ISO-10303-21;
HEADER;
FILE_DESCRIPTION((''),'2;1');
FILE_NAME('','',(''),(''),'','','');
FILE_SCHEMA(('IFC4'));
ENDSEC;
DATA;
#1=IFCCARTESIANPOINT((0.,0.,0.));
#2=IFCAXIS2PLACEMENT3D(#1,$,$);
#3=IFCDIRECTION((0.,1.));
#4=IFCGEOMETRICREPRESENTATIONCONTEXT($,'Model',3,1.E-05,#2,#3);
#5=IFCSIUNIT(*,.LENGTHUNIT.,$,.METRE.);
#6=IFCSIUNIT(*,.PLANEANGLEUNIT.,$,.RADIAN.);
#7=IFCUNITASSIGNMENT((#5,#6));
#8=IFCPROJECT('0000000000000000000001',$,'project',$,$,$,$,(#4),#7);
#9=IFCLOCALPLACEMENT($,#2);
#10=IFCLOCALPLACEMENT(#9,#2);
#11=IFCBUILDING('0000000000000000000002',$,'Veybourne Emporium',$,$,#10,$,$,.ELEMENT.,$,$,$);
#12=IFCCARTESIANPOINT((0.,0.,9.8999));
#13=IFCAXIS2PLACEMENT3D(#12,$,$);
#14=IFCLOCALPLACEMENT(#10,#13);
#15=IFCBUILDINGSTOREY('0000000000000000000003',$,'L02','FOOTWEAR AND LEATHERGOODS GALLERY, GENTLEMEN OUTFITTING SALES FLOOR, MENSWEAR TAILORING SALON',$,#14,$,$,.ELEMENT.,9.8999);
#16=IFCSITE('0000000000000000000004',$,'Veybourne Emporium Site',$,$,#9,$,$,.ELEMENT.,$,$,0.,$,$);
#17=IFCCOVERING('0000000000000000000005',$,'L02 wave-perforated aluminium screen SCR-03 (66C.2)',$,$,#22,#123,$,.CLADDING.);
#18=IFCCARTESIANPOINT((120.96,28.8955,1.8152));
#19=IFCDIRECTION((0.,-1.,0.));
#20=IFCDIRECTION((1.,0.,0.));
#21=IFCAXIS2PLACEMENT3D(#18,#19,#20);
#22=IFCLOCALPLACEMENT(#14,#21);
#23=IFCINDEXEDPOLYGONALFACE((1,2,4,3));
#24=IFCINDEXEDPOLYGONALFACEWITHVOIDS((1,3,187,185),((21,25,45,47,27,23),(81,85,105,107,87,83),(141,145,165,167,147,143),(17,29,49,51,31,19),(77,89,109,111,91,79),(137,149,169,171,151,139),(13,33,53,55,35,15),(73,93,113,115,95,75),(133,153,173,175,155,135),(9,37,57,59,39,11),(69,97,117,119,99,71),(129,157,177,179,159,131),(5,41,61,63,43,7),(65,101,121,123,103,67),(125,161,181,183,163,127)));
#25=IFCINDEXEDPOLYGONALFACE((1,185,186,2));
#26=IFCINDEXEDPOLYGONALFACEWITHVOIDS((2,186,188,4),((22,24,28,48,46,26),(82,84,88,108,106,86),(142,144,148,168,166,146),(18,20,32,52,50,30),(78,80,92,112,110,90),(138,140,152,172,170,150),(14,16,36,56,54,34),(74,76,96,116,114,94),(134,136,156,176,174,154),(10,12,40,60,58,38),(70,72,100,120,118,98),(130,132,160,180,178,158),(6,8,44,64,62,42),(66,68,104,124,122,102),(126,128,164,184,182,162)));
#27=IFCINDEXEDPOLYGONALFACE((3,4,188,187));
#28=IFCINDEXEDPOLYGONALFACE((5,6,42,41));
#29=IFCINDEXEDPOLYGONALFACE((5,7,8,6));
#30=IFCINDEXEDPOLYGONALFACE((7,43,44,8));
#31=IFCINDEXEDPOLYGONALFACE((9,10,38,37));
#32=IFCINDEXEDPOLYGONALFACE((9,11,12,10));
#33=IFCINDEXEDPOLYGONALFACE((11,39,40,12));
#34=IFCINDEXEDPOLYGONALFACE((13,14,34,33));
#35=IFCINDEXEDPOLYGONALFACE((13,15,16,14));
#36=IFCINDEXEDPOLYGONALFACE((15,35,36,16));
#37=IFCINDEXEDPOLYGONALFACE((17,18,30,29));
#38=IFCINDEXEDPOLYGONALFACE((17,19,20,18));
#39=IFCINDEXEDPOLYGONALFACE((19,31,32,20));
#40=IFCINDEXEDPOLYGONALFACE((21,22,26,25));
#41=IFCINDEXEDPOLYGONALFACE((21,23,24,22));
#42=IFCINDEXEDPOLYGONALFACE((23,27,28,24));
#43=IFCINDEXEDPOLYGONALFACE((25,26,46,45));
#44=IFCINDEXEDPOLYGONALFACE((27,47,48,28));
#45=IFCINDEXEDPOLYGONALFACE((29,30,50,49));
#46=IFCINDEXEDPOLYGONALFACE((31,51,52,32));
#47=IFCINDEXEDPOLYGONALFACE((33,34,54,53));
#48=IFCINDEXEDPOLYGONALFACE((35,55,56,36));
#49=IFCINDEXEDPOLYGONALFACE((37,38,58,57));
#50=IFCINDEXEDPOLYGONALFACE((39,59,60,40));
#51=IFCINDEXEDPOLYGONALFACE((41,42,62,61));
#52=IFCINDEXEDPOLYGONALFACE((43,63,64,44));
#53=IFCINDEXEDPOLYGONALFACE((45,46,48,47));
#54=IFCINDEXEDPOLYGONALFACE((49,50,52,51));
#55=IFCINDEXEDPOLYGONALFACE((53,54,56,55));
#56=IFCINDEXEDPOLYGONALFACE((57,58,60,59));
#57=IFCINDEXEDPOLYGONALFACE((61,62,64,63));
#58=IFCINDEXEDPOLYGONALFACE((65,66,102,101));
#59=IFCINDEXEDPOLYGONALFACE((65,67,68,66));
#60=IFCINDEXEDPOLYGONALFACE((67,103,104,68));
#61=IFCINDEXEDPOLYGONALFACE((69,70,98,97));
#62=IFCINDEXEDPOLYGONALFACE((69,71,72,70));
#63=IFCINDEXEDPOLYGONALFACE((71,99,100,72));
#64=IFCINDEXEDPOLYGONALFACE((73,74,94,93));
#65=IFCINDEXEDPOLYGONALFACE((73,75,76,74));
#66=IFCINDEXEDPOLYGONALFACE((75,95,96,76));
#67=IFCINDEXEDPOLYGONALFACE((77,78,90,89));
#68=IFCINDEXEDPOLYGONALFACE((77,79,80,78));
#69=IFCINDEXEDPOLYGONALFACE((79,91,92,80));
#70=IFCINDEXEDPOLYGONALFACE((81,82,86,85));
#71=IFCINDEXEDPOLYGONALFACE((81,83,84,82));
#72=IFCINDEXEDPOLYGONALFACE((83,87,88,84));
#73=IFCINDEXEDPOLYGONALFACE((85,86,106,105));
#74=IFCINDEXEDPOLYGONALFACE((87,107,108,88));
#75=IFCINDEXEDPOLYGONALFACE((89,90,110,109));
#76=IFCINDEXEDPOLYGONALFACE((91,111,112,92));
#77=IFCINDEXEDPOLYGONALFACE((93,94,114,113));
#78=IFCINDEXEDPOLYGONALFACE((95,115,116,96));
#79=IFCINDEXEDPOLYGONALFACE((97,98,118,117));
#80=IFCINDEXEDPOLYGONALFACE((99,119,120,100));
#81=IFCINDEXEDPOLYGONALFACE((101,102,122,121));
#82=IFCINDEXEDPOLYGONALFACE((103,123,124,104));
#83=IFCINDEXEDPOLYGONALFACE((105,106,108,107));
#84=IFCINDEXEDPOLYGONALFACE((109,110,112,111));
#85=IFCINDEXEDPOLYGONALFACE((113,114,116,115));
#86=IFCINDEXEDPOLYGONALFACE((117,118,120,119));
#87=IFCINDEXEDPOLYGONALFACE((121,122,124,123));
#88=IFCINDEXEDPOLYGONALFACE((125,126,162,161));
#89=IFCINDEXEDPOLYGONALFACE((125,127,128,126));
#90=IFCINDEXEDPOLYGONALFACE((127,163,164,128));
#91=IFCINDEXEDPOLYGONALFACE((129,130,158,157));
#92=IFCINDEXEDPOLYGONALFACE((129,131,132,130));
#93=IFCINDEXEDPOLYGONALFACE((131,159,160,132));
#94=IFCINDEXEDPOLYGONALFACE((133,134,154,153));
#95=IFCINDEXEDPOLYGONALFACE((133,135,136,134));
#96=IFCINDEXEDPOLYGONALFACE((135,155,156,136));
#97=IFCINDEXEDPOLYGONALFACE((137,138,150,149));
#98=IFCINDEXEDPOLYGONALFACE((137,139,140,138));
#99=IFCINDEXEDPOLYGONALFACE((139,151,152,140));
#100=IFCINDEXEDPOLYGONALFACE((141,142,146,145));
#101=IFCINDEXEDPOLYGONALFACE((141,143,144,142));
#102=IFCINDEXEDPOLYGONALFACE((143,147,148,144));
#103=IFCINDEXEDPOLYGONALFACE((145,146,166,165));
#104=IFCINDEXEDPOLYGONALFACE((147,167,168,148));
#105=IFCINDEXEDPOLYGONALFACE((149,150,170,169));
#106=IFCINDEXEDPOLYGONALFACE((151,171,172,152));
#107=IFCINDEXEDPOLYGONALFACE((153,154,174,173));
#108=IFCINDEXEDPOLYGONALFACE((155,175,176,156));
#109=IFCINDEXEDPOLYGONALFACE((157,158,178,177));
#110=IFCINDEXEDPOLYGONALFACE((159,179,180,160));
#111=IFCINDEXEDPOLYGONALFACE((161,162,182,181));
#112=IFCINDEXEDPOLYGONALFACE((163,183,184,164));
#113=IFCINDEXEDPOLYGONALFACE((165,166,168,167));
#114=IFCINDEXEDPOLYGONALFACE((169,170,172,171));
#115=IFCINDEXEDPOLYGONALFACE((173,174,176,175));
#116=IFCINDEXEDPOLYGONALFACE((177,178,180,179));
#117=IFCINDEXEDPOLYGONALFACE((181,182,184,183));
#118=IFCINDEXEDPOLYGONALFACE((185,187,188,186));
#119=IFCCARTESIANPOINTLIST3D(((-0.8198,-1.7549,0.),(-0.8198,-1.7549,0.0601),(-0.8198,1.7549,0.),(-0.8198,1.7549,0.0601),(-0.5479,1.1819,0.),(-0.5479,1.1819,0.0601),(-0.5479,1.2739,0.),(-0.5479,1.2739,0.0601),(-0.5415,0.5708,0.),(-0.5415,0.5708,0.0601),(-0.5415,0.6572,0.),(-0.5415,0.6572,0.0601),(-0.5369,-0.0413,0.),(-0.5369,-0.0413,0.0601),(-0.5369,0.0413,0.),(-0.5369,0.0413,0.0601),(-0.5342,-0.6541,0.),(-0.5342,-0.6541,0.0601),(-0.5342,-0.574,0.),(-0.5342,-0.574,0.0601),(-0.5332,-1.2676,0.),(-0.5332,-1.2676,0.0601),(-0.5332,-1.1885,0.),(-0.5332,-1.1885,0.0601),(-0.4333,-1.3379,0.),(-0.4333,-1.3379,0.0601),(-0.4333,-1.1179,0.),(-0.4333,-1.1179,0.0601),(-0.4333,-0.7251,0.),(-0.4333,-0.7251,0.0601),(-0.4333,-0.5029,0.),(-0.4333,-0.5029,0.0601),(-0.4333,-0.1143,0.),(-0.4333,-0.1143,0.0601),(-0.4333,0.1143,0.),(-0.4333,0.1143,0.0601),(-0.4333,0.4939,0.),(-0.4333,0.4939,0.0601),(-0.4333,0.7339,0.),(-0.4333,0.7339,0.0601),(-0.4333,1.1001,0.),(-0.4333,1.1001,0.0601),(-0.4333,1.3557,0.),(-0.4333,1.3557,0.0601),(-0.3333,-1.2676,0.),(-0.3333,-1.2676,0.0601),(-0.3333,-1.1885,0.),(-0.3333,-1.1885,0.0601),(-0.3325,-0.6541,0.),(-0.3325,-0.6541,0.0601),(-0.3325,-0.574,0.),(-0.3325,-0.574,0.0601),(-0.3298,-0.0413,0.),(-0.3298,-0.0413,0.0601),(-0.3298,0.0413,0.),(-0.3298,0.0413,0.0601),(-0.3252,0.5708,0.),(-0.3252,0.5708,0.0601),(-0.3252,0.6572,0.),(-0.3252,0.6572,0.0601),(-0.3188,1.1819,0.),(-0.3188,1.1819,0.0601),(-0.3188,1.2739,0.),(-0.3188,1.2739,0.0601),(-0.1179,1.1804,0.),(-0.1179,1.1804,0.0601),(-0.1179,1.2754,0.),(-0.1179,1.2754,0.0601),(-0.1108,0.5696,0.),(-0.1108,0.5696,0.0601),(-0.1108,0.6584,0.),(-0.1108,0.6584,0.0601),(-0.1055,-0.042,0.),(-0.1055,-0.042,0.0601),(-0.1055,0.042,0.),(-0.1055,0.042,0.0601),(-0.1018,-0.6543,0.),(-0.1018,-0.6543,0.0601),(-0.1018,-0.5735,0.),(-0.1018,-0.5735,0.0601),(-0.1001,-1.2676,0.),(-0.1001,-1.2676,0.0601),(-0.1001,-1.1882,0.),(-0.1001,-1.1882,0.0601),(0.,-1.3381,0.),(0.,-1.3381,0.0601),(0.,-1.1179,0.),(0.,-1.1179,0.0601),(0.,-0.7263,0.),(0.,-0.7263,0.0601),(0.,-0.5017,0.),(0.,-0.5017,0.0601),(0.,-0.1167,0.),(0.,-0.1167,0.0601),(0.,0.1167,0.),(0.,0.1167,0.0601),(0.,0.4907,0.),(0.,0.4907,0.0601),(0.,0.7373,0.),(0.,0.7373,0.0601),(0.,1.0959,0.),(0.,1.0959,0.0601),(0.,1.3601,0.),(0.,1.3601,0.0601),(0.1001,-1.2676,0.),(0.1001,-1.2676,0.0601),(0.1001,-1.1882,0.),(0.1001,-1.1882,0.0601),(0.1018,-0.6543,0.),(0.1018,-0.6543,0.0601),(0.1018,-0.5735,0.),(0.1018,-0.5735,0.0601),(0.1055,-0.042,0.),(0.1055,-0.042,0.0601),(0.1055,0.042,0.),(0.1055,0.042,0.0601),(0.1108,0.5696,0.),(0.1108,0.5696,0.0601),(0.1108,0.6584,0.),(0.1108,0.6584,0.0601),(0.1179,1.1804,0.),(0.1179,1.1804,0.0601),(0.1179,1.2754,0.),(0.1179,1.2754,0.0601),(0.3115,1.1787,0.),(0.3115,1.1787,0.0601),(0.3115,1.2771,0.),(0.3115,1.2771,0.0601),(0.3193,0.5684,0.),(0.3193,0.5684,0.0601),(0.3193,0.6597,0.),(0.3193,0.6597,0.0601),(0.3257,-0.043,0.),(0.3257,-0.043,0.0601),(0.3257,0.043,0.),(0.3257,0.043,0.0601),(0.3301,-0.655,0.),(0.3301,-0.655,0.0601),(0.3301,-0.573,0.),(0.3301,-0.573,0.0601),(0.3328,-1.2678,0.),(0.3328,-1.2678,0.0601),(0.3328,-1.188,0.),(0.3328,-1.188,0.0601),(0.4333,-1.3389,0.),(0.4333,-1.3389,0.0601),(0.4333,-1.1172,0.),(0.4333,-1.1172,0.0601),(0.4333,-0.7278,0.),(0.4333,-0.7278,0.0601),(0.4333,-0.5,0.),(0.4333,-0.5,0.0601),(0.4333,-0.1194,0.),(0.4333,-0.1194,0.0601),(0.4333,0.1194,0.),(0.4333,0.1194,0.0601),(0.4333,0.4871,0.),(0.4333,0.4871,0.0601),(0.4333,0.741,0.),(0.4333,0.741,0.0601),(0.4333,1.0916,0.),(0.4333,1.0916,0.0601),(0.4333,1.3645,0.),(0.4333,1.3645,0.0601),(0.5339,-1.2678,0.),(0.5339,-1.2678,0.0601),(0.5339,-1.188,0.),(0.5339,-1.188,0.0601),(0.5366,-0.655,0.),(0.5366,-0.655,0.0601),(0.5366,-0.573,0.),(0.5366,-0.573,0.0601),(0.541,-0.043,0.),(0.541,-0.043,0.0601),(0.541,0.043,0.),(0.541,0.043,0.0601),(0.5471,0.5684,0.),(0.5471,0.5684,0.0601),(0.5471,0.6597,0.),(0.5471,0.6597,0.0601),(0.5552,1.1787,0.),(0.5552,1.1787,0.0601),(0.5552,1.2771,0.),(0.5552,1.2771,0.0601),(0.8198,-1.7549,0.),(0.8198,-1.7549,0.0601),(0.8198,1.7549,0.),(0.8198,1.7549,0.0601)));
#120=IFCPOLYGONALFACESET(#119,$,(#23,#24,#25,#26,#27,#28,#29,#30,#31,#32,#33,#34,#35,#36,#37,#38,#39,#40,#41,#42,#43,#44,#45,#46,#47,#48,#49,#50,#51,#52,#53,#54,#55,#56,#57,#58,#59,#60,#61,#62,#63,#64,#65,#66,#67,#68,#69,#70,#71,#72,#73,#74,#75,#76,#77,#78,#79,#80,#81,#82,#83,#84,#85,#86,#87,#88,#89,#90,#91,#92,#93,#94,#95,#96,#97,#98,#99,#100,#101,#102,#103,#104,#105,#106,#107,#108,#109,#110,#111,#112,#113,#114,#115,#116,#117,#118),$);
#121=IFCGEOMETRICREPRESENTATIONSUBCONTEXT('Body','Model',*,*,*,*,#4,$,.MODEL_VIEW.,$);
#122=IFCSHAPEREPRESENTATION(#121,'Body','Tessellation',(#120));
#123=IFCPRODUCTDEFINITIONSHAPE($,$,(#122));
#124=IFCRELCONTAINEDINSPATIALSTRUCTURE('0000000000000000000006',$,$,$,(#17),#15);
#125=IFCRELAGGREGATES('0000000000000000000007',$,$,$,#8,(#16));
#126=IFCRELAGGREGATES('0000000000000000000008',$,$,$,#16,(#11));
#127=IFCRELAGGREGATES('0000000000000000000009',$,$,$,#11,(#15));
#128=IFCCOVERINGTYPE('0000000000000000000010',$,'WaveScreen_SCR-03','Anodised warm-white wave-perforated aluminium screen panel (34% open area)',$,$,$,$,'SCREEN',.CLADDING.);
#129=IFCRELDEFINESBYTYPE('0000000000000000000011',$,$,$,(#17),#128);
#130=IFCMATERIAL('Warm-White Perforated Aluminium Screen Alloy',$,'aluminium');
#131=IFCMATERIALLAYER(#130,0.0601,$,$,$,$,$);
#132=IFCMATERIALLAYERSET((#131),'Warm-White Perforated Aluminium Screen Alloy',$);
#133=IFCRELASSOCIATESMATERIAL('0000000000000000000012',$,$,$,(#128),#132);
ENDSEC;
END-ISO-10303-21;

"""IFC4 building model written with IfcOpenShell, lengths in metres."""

from ifc_helpers import new_model, si_unit, direction, frame, origin, place, context, subcontext, project, spatial, polyline, outline, extrude, material, layer, layer_set, type_object, element, save


model = new_model("IFC4")

# Units and contexts
model_context = context("Model", 3, precision=1e-05, world=origin(), true_north=direction((0.0, 1.0)))
body_context = subcontext(model_context, "Body", "Model", "MODEL_VIEW")
ifc_project = project(units=[si_unit("LENGTHUNIT", "METRE"), si_unit("PLANEANGLEUNIT", "RADIAN")], contexts=[model_context])

# Site, building, storey
site_placement = place(None, origin())
site = spatial("IfcSite", under=ifc_project, at=site_placement, Name="Veybourne Emporium Site", CompositionType="ELEMENT", RefElevation=0.0)
building_placement = place(site_placement, origin())
building = spatial("IfcBuilding", under=site, at=building_placement, Name="Veybourne Emporium", CompositionType="ELEMENT")
storey_placement = place(building_placement, frame((0.0, 0.0, 9.8999)))
storey = spatial("IfcBuildingStorey", under=building, at=storey_placement, Name="L02", Description="FOOTWEAR AND LEATHERGOODS GALLERY, GENTLEMEN OUTFITTING SALES FLOOR, MENSWEAR TAILORING SALON", CompositionType="ELEMENT", Elevation=9.8999)

# Covering
ifc_material_1 = material(Name="Warm-White Perforated Aluminium Screen Alloy", Category="aluminium")
ifc_layer_1 = layer(ifc_material_1, 0.0601)
ifc_layer_set_1 = layer_set([ifc_layer_1], Name="Warm-White Perforated Aluminium Screen Alloy")
covering_type_1 = type_object("IfcCoveringType", Name="WaveScreen_SCR-03", Description="Anodised warm-white wave-perforated aluminium screen panel (34% open area)", ElementType="SCREEN", PredefinedType="CLADDING", material=ifc_layer_set_1)
covering_1_placement = place(storey_placement, frame((120.96, 28.8955, 1.8152), z_axis=(0.0, -1.0, 0.0), x_axis=(1.0, 0.0, 0.0)))
element("IfcCovering", 1, at=covering_1_placement, inside=storey, type_object=covering_type_1, Name="L02 wave-perforated aluminium screen SCR-03 (66C.2)", PredefinedType="CLADDING", context=body_context, shape_type="SweptSolid", body=[
    extrude(outline(polyline([(-0.8198, -1.7549), (0.8198, -1.7549), (0.8198, 1.7549), (-0.8198, 1.7549), (-0.8198, -1.7549)]), holes=[polyline([(-0.4333, -1.1179), (-0.3333, -1.1885), (-0.3333, -1.2676), (-0.4333, -1.3379), (-0.5332, -1.2676), (-0.5332, -1.1885), (-0.4333, -1.1179)]), polyline([(-0.4333, -0.5029), (-0.3325, -0.574), (-0.3325, -0.6541), (-0.4333, -0.7251), (-0.5342, -0.6541), (-0.5342, -0.574), (-0.4333, -0.5029)]), polyline([(-0.4333, 0.1143), (-0.3298, 0.0413), (-0.3298, -0.0413), (-0.4333, -0.1143), (-0.5369, -0.0413), (-0.5369, 0.0413), (-0.4333, 0.1143)]), polyline([(-0.4333, 0.7339), (-0.3252, 0.6572), (-0.3252, 0.5708), (-0.4333, 0.4939), (-0.5415, 0.5708), (-0.5415, 0.6572), (-0.4333, 0.7339)]), polyline([(-0.4333, 1.3557), (-0.3188, 1.2739), (-0.3188, 1.1819), (-0.4333, 1.1001), (-0.5479, 1.1819), (-0.5479, 1.2739), (-0.4333, 1.3557)]), polyline([(0.0, -1.1179), (0.1001, -1.1882), (0.1001, -1.2676), (0.0, -1.3381), (-0.1001, -1.2676), (-0.1001, -1.1882), (0.0, -1.1179)]), polyline([(0.0, -0.5017), (0.1018, -0.5735), (0.1018, -0.6543), (0.0, -0.7263), (-0.1018, -0.6543), (-0.1018, -0.5735), (0.0, -0.5017)]), polyline([(0.0, 0.1167), (0.1055, 0.042), (0.1055, -0.042), (0.0, -0.1167), (-0.1055, -0.042), (-0.1055, 0.042), (0.0, 0.1167)]), polyline([(0.0, 0.7373), (0.1108, 0.6584), (0.1108, 0.5696), (0.0, 0.4907), (-0.1108, 0.5696), (-0.1108, 0.6584), (0.0, 0.7373)]), polyline([(0.0, 1.3601), (0.1179, 1.2754), (0.1179, 1.1804), (0.0, 1.0959), (-0.1179, 1.1804), (-0.1179, 1.2754), (0.0, 1.3601)]), polyline([(0.4333, -1.1172), (0.5339, -1.188), (0.5339, -1.2678), (0.4333, -1.3389), (0.3328, -1.2678), (0.3328, -1.188), (0.4333, -1.1172)]), polyline([(0.4333, -0.5), (0.5366, -0.573), (0.5366, -0.655), (0.4333, -0.7278), (0.3301, -0.655), (0.3301, -0.573), (0.4333, -0.5)]), polyline([(0.4333, 0.1194), (0.541, 0.043), (0.541, -0.043), (0.4333, -0.1194), (0.3257, -0.043), (0.3257, 0.043), (0.4333, 0.1194)]), polyline([(0.4333, 0.741), (0.5471, 0.6597), (0.5471, 0.5684), (0.4333, 0.4871), (0.3193, 0.5684), (0.3193, 0.6597), (0.4333, 0.741)]), polyline([(0.4333, 1.3645), (0.5552, 1.2771), (0.5552, 1.1787), (0.4333, 1.0916), (0.3115, 1.1787), (0.3115, 1.2771), (0.4333, 1.3645)])]), origin(), (0.0, 0.0, 1.0), 0.0601),
])

save(model, "model.ifc")
